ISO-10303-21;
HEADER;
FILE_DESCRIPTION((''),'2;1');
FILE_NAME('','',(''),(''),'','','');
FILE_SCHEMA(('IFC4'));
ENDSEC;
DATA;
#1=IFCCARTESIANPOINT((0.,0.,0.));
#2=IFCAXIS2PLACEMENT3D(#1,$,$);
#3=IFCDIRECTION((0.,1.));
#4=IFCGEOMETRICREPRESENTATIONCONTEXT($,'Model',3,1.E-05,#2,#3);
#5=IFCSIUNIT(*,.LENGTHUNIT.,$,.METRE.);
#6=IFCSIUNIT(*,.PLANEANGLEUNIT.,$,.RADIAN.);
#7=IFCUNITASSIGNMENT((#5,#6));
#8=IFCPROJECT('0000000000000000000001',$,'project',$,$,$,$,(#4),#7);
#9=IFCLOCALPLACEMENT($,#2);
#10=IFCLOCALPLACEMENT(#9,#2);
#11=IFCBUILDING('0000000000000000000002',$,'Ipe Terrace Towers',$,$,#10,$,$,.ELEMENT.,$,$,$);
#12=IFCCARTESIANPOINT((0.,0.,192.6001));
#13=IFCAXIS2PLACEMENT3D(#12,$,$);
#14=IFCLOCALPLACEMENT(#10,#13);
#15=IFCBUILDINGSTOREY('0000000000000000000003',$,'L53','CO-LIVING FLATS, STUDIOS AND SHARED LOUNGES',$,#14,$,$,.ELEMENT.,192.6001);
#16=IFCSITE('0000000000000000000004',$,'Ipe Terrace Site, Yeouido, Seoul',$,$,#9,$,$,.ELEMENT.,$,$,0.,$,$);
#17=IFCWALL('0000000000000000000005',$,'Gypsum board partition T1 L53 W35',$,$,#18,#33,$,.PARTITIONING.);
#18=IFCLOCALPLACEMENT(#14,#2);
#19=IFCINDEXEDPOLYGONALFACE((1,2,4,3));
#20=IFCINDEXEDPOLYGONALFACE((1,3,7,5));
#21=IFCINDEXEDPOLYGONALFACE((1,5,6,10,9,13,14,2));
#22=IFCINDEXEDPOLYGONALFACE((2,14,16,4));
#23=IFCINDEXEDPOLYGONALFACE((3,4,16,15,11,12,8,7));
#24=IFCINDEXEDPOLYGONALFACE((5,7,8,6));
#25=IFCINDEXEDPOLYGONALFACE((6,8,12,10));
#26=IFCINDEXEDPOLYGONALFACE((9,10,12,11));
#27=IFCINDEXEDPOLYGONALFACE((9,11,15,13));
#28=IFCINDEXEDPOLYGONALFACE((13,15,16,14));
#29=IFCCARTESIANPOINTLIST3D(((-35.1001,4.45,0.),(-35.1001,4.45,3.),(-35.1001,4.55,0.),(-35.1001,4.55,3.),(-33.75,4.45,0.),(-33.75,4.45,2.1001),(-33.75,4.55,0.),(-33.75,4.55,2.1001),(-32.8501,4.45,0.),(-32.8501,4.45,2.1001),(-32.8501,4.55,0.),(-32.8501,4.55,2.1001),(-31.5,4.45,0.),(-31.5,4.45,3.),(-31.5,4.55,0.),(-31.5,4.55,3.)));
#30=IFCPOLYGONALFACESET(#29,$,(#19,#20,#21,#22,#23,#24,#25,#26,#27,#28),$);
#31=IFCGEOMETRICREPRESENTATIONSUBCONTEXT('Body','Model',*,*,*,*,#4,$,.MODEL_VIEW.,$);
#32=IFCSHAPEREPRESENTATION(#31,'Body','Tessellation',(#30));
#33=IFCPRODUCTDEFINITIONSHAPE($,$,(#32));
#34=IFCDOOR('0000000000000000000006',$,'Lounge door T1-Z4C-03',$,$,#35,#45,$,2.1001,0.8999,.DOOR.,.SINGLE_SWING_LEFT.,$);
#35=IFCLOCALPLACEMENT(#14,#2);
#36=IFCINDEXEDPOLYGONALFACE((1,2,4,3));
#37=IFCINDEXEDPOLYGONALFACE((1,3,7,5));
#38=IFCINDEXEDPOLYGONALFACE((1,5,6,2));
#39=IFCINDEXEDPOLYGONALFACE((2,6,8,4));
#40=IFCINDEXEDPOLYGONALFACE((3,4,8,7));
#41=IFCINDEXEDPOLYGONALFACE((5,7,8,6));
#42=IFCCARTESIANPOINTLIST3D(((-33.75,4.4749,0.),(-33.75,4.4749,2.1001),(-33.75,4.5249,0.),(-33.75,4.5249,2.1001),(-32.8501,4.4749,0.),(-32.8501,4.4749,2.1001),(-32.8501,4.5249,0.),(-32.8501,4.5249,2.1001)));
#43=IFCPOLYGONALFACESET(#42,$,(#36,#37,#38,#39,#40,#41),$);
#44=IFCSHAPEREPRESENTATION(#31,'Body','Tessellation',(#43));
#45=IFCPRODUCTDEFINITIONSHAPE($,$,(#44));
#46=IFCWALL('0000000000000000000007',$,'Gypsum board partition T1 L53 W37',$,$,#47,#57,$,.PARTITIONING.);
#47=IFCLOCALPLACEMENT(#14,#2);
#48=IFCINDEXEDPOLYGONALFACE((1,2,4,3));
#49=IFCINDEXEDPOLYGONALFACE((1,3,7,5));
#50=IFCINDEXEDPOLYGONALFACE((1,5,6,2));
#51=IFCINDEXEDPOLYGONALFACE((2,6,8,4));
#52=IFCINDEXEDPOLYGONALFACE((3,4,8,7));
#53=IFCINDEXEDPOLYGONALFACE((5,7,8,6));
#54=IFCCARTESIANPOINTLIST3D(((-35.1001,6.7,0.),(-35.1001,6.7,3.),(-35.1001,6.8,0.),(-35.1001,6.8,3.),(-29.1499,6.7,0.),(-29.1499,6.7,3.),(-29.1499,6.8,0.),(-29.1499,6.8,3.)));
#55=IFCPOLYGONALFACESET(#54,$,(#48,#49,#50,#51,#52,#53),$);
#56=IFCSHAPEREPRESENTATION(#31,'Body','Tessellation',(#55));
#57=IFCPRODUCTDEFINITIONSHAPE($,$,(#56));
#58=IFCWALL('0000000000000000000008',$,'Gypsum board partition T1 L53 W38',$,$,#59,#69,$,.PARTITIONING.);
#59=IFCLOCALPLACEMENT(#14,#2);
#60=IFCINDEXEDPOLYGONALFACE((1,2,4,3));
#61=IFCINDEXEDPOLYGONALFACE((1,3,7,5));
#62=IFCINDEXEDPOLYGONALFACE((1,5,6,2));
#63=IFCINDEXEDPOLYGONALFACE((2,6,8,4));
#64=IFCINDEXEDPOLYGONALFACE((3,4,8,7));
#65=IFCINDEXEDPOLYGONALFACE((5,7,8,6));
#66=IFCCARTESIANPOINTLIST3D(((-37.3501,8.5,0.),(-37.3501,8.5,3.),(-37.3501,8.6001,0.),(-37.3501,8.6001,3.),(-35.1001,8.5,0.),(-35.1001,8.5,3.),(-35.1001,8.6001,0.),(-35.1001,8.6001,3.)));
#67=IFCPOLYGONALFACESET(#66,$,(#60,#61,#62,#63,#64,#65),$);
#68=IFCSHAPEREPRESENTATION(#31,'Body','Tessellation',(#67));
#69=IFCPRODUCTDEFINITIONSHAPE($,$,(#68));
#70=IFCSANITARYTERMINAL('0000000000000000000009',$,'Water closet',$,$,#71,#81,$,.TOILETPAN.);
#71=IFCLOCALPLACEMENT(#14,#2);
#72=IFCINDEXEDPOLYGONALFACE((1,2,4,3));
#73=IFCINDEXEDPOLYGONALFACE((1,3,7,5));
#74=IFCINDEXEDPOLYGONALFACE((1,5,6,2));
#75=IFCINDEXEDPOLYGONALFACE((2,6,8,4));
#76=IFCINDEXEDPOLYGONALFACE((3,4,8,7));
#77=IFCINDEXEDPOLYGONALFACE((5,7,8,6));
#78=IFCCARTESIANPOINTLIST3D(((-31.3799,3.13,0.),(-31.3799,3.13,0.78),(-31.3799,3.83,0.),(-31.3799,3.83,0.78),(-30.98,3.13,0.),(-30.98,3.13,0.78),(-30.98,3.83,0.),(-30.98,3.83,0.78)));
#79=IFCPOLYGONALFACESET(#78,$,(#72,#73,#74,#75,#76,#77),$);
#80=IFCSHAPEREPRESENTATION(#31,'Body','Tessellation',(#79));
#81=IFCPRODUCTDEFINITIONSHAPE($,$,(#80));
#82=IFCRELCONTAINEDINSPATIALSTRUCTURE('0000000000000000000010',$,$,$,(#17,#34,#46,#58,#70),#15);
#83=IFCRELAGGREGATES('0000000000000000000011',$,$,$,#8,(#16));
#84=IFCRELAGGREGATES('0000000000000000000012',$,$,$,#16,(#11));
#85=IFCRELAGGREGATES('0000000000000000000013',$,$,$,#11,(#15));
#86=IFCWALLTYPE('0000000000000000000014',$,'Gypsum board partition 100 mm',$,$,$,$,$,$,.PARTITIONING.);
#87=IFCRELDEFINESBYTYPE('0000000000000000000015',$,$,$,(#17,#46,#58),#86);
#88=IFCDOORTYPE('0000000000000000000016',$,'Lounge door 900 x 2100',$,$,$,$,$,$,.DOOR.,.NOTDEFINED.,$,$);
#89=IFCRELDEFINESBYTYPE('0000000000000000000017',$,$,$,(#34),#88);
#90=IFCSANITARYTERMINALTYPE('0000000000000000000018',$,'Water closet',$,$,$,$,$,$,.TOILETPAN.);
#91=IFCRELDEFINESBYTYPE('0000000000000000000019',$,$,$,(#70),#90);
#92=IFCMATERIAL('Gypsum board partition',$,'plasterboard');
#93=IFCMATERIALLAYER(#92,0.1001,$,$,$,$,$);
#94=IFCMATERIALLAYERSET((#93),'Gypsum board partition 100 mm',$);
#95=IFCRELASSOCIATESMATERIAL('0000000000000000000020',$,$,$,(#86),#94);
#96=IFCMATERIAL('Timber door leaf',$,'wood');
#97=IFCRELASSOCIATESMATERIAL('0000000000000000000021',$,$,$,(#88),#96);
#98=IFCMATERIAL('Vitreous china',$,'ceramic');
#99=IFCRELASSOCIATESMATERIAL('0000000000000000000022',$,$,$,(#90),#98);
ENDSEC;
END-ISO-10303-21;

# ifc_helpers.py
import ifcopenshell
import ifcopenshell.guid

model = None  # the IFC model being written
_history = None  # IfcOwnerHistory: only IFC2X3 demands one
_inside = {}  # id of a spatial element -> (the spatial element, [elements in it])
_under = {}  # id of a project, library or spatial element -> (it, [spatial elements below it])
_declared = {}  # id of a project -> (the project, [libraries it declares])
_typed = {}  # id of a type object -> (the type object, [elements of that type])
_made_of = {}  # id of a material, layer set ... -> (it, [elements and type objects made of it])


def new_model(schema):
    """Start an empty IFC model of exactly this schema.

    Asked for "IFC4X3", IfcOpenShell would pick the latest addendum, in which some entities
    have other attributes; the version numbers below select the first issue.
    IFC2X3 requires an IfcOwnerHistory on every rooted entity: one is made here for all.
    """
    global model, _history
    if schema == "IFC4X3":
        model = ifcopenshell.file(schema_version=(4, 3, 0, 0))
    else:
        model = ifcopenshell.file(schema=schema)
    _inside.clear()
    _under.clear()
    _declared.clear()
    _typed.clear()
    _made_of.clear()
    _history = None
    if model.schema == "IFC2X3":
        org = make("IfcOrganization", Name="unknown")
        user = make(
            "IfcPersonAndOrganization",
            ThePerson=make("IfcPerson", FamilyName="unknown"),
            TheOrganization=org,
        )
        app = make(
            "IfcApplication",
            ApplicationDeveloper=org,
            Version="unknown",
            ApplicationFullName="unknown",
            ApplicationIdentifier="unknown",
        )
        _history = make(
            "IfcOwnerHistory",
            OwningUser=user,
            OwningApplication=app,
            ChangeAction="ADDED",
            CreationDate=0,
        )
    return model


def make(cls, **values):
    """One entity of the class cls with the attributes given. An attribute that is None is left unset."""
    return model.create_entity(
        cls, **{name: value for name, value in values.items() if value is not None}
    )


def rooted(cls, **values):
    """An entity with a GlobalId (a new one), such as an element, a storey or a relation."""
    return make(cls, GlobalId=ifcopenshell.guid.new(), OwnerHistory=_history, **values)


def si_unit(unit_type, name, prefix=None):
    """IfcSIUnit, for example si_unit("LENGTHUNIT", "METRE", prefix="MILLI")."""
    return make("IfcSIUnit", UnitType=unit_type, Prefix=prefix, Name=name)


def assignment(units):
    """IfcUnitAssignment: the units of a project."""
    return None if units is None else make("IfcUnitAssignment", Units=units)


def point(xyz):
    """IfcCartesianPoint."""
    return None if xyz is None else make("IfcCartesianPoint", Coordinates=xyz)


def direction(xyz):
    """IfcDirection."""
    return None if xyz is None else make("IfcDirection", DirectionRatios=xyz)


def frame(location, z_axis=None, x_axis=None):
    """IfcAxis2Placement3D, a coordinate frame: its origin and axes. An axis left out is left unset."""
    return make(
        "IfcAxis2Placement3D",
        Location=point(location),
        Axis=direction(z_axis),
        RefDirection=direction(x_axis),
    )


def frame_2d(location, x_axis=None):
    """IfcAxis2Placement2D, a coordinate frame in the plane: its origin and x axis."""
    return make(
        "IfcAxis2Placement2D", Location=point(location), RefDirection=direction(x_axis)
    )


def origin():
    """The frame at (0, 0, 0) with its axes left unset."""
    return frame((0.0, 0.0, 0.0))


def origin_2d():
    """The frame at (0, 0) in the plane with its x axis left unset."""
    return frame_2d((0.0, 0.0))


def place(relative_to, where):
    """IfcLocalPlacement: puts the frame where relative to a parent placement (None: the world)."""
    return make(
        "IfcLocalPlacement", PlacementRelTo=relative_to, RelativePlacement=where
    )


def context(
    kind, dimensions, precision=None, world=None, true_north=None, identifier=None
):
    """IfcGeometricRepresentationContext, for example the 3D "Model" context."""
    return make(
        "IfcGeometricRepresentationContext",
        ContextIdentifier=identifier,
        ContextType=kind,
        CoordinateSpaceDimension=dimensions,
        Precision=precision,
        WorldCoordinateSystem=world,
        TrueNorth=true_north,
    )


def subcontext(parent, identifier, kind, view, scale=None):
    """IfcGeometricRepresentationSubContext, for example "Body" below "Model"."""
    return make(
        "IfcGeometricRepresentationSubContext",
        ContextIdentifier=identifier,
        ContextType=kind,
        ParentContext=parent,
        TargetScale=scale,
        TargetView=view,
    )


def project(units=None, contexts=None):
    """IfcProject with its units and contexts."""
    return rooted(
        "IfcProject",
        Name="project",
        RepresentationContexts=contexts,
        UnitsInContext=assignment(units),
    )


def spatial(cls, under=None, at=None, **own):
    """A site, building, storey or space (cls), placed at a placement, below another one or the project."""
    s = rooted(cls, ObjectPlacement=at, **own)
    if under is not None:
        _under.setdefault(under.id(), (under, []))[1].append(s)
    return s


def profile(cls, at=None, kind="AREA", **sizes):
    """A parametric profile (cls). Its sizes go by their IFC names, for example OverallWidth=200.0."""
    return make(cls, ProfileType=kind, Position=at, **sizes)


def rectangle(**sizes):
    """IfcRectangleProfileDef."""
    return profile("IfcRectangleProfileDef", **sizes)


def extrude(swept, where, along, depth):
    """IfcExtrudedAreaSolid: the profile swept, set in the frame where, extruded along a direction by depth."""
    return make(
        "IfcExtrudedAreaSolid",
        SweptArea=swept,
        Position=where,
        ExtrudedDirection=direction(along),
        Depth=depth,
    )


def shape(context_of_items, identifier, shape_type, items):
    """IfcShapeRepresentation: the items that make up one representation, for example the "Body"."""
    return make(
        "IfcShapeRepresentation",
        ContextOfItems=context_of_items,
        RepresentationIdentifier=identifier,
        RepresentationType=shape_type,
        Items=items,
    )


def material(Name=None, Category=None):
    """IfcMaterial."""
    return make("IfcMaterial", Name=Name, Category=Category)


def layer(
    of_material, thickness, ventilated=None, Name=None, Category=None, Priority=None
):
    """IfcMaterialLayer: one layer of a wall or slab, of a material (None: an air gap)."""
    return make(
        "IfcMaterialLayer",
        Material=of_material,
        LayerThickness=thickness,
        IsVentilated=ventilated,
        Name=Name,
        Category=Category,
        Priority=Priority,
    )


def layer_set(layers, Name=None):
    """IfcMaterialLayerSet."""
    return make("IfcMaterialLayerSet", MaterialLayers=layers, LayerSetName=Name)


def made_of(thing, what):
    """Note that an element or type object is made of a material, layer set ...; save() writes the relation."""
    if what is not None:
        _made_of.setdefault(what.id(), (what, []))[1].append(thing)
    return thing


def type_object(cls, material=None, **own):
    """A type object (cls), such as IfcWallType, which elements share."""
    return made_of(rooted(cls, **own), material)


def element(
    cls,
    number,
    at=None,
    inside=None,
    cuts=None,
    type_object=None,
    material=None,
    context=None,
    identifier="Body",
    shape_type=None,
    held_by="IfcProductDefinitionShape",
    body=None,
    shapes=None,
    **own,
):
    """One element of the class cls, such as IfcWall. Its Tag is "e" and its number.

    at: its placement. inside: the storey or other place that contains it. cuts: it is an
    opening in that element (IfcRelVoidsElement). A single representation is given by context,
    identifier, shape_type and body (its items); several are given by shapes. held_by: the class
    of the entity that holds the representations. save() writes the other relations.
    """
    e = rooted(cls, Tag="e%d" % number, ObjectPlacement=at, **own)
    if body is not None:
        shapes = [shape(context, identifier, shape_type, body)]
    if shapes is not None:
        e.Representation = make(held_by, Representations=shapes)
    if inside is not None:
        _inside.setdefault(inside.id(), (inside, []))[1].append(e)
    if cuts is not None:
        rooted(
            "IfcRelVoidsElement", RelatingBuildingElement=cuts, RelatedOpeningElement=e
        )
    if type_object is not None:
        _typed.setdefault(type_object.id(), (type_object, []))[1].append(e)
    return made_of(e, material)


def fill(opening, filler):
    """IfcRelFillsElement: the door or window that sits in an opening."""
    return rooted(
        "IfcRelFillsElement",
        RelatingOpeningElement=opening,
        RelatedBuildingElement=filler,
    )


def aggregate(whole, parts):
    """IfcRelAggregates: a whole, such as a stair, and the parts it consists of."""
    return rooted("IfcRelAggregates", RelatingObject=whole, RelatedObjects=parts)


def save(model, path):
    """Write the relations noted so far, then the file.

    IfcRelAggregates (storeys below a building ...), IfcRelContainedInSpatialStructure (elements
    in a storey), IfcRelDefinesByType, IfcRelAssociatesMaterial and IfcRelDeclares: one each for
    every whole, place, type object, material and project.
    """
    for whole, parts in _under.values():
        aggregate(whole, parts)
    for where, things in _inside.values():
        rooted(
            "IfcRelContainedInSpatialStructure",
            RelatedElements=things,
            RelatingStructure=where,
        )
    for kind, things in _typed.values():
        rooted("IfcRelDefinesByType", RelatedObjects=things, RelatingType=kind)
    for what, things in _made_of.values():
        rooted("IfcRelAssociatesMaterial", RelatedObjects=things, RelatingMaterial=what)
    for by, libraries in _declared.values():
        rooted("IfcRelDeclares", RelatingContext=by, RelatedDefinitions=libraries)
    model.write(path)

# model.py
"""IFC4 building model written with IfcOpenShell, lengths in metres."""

from ifc_helpers import new_model, si_unit, direction, frame, frame_2d, origin, origin_2d, place, context, subcontext, project, spatial, rectangle, extrude, material, layer, layer_set, type_object, element, fill, save


model = new_model("IFC4")

# Units and contexts
model_context = context("Model", 3, precision=1e-05, world=origin(), true_north=direction((0.0, 1.0)))
body_context = subcontext(model_context, "Body", "Model", "MODEL_VIEW")
ifc_project = project(units=[si_unit("LENGTHUNIT", "METRE"), si_unit("PLANEANGLEUNIT", "RADIAN")], contexts=[model_context])

# Site, building, storey
site_placement = place(None, origin())
site = spatial("IfcSite", under=ifc_project, at=site_placement, Name="Ipe Terrace Site, Yeouido, Seoul", CompositionType="ELEMENT", RefElevation=0.0)
building_placement = place(site_placement, origin())
building = spatial("IfcBuilding", under=site, at=building_placement, Name="Ipe Terrace Towers", CompositionType="ELEMENT")
storey_placement = place(building_placement, frame((0.0, 0.0, 192.6001)))
storey = spatial("IfcBuildingStorey", under=building, at=storey_placement, Name="L53", Description="CO-LIVING FLATS, STUDIOS AND SHARED LOUNGES", CompositionType="ELEMENT", Elevation=192.6001)

# Shared definitions
ifc_material_1 = material(Name="Gypsum board partition", Category="plasterboard")
ifc_layer_1 = layer(ifc_material_1, 0.1001)
ifc_layer_set_1 = layer_set([ifc_layer_1], Name="Gypsum board partition 100 mm")
wall_type_1 = type_object("IfcWallType", Name="Gypsum board partition 100 mm", PredefinedType="PARTITIONING", material=ifc_layer_set_1)
ifc_material_2 = material(Name="Timber door leaf", Category="wood")
door_type_1 = type_object("IfcDoorType", Name="Lounge door 900 x 2100", OperationType="NOTDEFINED", PredefinedType="DOOR", material=ifc_material_2)

# Wall, opening, door
wall_1_placement = place(storey_placement, frame((-35.1001, 4.5, 0.0), z_axis=(0.0, 0.0, 1.0), x_axis=(1.0, 0.0, 0.0)))
wall_1 = element("IfcWall", 1, at=wall_1_placement, inside=storey, type_object=wall_type_1, Name="Gypsum board partition T1 L53 W35", PredefinedType="PARTITIONING", context=body_context, shape_type="SweptSolid", body=[
    extrude(rectangle(XDim=3.6001, YDim=0.1001, at=frame_2d((1.8, 0.0))), origin(), (0.0, 0.0, 1.0), 3.0),
])
opening_1_placement = place(wall_1_placement, frame((1.3501, 0.0, 0.0)))
opening_1 = element("IfcOpeningElement", 2, at=opening_1_placement, cuts=wall_1, PredefinedType="OPENING", context=body_context, shape_type="SweptSolid", body=[
    extrude(rectangle(XDim=0.8999, YDim=2.1001, at=frame_2d((0.45, 1.05))), frame((0.0, 0.0601, 0.0), z_axis=(0.0, -1.0, 0.0), x_axis=(1.0, 0.0, 0.0)), (0.0, 0.0, 1.0), 0.1201),
])
door_1_placement = place(opening_1_placement, origin())
door_1 = element("IfcDoor", 3, at=door_1_placement, inside=storey, type_object=door_type_1, Name="Lounge door T1-Z4C-03", OperationType="SINGLE_SWING_LEFT", OverallHeight=2.1001, OverallWidth=0.8999, PredefinedType="DOOR", context=body_context, shape_type="SweptSolid", body=[
    extrude(rectangle(XDim=0.8999, YDim=2.1001, at=frame_2d((0.45, 1.05))), frame((0.0, 0.0249, 0.0), z_axis=(0.0, -1.0, 0.0), x_axis=(1.0, 0.0, 0.0)), (0.0, 0.0, 1.0), 0.05),
])
fill(opening_1, door_1)

# Walls
wall_2_placement = place(storey_placement, frame((-35.1001, 6.75, 0.0), z_axis=(0.0, 0.0, 1.0), x_axis=(1.0, 0.0, 0.0)))
element("IfcWall", 4, at=wall_2_placement, inside=storey, type_object=wall_type_1, Name="Gypsum board partition T1 L53 W37", PredefinedType="PARTITIONING", context=body_context, shape_type="SweptSolid", body=[
    extrude(rectangle(XDim=5.9502, YDim=0.1001, at=frame_2d((2.9751, 0.0))), origin(), (0.0, 0.0, 1.0), 3.0),
])
wall_3_placement = place(storey_placement, frame((-37.3501, 8.55, 0.0), z_axis=(0.0, 0.0, 1.0), x_axis=(1.0, 0.0, 0.0)))
element("IfcWall", 5, at=wall_3_placement, inside=storey, type_object=wall_type_1, Name="Gypsum board partition T1 L53 W38", PredefinedType="PARTITIONING", context=body_context, shape_type="SweptSolid", body=[
    extrude(rectangle(XDim=2.25, YDim=0.1001, at=frame_2d((1.125, 0.0))), origin(), (0.0, 0.0, 1.0), 3.0),
])

# Sanitary terminal
ifc_material_3 = material(Name="Vitreous china", Category="ceramic")
sanitary_terminal_type = type_object("IfcSanitaryTerminalType", Name="Water closet", PredefinedType="TOILETPAN", material=ifc_material_3)
sanitary_terminal_placement = place(storey_placement, frame((-31.1799, 3.48, 0.0), z_axis=(0.0, 0.0, 1.0), x_axis=(0.0, -1.0, 0.0)))
element("IfcSanitaryTerminal", 6, at=sanitary_terminal_placement, inside=storey, type_object=sanitary_terminal_type, Name="Water closet", PredefinedType="TOILETPAN", context=body_context, shape_type="SweptSolid", body=[
    extrude(rectangle(XDim=0.7, YDim=0.3999, at=origin_2d()), origin(), (0.0, 0.0, 1.0), 0.78),
])

save(model, "model.ifc")
